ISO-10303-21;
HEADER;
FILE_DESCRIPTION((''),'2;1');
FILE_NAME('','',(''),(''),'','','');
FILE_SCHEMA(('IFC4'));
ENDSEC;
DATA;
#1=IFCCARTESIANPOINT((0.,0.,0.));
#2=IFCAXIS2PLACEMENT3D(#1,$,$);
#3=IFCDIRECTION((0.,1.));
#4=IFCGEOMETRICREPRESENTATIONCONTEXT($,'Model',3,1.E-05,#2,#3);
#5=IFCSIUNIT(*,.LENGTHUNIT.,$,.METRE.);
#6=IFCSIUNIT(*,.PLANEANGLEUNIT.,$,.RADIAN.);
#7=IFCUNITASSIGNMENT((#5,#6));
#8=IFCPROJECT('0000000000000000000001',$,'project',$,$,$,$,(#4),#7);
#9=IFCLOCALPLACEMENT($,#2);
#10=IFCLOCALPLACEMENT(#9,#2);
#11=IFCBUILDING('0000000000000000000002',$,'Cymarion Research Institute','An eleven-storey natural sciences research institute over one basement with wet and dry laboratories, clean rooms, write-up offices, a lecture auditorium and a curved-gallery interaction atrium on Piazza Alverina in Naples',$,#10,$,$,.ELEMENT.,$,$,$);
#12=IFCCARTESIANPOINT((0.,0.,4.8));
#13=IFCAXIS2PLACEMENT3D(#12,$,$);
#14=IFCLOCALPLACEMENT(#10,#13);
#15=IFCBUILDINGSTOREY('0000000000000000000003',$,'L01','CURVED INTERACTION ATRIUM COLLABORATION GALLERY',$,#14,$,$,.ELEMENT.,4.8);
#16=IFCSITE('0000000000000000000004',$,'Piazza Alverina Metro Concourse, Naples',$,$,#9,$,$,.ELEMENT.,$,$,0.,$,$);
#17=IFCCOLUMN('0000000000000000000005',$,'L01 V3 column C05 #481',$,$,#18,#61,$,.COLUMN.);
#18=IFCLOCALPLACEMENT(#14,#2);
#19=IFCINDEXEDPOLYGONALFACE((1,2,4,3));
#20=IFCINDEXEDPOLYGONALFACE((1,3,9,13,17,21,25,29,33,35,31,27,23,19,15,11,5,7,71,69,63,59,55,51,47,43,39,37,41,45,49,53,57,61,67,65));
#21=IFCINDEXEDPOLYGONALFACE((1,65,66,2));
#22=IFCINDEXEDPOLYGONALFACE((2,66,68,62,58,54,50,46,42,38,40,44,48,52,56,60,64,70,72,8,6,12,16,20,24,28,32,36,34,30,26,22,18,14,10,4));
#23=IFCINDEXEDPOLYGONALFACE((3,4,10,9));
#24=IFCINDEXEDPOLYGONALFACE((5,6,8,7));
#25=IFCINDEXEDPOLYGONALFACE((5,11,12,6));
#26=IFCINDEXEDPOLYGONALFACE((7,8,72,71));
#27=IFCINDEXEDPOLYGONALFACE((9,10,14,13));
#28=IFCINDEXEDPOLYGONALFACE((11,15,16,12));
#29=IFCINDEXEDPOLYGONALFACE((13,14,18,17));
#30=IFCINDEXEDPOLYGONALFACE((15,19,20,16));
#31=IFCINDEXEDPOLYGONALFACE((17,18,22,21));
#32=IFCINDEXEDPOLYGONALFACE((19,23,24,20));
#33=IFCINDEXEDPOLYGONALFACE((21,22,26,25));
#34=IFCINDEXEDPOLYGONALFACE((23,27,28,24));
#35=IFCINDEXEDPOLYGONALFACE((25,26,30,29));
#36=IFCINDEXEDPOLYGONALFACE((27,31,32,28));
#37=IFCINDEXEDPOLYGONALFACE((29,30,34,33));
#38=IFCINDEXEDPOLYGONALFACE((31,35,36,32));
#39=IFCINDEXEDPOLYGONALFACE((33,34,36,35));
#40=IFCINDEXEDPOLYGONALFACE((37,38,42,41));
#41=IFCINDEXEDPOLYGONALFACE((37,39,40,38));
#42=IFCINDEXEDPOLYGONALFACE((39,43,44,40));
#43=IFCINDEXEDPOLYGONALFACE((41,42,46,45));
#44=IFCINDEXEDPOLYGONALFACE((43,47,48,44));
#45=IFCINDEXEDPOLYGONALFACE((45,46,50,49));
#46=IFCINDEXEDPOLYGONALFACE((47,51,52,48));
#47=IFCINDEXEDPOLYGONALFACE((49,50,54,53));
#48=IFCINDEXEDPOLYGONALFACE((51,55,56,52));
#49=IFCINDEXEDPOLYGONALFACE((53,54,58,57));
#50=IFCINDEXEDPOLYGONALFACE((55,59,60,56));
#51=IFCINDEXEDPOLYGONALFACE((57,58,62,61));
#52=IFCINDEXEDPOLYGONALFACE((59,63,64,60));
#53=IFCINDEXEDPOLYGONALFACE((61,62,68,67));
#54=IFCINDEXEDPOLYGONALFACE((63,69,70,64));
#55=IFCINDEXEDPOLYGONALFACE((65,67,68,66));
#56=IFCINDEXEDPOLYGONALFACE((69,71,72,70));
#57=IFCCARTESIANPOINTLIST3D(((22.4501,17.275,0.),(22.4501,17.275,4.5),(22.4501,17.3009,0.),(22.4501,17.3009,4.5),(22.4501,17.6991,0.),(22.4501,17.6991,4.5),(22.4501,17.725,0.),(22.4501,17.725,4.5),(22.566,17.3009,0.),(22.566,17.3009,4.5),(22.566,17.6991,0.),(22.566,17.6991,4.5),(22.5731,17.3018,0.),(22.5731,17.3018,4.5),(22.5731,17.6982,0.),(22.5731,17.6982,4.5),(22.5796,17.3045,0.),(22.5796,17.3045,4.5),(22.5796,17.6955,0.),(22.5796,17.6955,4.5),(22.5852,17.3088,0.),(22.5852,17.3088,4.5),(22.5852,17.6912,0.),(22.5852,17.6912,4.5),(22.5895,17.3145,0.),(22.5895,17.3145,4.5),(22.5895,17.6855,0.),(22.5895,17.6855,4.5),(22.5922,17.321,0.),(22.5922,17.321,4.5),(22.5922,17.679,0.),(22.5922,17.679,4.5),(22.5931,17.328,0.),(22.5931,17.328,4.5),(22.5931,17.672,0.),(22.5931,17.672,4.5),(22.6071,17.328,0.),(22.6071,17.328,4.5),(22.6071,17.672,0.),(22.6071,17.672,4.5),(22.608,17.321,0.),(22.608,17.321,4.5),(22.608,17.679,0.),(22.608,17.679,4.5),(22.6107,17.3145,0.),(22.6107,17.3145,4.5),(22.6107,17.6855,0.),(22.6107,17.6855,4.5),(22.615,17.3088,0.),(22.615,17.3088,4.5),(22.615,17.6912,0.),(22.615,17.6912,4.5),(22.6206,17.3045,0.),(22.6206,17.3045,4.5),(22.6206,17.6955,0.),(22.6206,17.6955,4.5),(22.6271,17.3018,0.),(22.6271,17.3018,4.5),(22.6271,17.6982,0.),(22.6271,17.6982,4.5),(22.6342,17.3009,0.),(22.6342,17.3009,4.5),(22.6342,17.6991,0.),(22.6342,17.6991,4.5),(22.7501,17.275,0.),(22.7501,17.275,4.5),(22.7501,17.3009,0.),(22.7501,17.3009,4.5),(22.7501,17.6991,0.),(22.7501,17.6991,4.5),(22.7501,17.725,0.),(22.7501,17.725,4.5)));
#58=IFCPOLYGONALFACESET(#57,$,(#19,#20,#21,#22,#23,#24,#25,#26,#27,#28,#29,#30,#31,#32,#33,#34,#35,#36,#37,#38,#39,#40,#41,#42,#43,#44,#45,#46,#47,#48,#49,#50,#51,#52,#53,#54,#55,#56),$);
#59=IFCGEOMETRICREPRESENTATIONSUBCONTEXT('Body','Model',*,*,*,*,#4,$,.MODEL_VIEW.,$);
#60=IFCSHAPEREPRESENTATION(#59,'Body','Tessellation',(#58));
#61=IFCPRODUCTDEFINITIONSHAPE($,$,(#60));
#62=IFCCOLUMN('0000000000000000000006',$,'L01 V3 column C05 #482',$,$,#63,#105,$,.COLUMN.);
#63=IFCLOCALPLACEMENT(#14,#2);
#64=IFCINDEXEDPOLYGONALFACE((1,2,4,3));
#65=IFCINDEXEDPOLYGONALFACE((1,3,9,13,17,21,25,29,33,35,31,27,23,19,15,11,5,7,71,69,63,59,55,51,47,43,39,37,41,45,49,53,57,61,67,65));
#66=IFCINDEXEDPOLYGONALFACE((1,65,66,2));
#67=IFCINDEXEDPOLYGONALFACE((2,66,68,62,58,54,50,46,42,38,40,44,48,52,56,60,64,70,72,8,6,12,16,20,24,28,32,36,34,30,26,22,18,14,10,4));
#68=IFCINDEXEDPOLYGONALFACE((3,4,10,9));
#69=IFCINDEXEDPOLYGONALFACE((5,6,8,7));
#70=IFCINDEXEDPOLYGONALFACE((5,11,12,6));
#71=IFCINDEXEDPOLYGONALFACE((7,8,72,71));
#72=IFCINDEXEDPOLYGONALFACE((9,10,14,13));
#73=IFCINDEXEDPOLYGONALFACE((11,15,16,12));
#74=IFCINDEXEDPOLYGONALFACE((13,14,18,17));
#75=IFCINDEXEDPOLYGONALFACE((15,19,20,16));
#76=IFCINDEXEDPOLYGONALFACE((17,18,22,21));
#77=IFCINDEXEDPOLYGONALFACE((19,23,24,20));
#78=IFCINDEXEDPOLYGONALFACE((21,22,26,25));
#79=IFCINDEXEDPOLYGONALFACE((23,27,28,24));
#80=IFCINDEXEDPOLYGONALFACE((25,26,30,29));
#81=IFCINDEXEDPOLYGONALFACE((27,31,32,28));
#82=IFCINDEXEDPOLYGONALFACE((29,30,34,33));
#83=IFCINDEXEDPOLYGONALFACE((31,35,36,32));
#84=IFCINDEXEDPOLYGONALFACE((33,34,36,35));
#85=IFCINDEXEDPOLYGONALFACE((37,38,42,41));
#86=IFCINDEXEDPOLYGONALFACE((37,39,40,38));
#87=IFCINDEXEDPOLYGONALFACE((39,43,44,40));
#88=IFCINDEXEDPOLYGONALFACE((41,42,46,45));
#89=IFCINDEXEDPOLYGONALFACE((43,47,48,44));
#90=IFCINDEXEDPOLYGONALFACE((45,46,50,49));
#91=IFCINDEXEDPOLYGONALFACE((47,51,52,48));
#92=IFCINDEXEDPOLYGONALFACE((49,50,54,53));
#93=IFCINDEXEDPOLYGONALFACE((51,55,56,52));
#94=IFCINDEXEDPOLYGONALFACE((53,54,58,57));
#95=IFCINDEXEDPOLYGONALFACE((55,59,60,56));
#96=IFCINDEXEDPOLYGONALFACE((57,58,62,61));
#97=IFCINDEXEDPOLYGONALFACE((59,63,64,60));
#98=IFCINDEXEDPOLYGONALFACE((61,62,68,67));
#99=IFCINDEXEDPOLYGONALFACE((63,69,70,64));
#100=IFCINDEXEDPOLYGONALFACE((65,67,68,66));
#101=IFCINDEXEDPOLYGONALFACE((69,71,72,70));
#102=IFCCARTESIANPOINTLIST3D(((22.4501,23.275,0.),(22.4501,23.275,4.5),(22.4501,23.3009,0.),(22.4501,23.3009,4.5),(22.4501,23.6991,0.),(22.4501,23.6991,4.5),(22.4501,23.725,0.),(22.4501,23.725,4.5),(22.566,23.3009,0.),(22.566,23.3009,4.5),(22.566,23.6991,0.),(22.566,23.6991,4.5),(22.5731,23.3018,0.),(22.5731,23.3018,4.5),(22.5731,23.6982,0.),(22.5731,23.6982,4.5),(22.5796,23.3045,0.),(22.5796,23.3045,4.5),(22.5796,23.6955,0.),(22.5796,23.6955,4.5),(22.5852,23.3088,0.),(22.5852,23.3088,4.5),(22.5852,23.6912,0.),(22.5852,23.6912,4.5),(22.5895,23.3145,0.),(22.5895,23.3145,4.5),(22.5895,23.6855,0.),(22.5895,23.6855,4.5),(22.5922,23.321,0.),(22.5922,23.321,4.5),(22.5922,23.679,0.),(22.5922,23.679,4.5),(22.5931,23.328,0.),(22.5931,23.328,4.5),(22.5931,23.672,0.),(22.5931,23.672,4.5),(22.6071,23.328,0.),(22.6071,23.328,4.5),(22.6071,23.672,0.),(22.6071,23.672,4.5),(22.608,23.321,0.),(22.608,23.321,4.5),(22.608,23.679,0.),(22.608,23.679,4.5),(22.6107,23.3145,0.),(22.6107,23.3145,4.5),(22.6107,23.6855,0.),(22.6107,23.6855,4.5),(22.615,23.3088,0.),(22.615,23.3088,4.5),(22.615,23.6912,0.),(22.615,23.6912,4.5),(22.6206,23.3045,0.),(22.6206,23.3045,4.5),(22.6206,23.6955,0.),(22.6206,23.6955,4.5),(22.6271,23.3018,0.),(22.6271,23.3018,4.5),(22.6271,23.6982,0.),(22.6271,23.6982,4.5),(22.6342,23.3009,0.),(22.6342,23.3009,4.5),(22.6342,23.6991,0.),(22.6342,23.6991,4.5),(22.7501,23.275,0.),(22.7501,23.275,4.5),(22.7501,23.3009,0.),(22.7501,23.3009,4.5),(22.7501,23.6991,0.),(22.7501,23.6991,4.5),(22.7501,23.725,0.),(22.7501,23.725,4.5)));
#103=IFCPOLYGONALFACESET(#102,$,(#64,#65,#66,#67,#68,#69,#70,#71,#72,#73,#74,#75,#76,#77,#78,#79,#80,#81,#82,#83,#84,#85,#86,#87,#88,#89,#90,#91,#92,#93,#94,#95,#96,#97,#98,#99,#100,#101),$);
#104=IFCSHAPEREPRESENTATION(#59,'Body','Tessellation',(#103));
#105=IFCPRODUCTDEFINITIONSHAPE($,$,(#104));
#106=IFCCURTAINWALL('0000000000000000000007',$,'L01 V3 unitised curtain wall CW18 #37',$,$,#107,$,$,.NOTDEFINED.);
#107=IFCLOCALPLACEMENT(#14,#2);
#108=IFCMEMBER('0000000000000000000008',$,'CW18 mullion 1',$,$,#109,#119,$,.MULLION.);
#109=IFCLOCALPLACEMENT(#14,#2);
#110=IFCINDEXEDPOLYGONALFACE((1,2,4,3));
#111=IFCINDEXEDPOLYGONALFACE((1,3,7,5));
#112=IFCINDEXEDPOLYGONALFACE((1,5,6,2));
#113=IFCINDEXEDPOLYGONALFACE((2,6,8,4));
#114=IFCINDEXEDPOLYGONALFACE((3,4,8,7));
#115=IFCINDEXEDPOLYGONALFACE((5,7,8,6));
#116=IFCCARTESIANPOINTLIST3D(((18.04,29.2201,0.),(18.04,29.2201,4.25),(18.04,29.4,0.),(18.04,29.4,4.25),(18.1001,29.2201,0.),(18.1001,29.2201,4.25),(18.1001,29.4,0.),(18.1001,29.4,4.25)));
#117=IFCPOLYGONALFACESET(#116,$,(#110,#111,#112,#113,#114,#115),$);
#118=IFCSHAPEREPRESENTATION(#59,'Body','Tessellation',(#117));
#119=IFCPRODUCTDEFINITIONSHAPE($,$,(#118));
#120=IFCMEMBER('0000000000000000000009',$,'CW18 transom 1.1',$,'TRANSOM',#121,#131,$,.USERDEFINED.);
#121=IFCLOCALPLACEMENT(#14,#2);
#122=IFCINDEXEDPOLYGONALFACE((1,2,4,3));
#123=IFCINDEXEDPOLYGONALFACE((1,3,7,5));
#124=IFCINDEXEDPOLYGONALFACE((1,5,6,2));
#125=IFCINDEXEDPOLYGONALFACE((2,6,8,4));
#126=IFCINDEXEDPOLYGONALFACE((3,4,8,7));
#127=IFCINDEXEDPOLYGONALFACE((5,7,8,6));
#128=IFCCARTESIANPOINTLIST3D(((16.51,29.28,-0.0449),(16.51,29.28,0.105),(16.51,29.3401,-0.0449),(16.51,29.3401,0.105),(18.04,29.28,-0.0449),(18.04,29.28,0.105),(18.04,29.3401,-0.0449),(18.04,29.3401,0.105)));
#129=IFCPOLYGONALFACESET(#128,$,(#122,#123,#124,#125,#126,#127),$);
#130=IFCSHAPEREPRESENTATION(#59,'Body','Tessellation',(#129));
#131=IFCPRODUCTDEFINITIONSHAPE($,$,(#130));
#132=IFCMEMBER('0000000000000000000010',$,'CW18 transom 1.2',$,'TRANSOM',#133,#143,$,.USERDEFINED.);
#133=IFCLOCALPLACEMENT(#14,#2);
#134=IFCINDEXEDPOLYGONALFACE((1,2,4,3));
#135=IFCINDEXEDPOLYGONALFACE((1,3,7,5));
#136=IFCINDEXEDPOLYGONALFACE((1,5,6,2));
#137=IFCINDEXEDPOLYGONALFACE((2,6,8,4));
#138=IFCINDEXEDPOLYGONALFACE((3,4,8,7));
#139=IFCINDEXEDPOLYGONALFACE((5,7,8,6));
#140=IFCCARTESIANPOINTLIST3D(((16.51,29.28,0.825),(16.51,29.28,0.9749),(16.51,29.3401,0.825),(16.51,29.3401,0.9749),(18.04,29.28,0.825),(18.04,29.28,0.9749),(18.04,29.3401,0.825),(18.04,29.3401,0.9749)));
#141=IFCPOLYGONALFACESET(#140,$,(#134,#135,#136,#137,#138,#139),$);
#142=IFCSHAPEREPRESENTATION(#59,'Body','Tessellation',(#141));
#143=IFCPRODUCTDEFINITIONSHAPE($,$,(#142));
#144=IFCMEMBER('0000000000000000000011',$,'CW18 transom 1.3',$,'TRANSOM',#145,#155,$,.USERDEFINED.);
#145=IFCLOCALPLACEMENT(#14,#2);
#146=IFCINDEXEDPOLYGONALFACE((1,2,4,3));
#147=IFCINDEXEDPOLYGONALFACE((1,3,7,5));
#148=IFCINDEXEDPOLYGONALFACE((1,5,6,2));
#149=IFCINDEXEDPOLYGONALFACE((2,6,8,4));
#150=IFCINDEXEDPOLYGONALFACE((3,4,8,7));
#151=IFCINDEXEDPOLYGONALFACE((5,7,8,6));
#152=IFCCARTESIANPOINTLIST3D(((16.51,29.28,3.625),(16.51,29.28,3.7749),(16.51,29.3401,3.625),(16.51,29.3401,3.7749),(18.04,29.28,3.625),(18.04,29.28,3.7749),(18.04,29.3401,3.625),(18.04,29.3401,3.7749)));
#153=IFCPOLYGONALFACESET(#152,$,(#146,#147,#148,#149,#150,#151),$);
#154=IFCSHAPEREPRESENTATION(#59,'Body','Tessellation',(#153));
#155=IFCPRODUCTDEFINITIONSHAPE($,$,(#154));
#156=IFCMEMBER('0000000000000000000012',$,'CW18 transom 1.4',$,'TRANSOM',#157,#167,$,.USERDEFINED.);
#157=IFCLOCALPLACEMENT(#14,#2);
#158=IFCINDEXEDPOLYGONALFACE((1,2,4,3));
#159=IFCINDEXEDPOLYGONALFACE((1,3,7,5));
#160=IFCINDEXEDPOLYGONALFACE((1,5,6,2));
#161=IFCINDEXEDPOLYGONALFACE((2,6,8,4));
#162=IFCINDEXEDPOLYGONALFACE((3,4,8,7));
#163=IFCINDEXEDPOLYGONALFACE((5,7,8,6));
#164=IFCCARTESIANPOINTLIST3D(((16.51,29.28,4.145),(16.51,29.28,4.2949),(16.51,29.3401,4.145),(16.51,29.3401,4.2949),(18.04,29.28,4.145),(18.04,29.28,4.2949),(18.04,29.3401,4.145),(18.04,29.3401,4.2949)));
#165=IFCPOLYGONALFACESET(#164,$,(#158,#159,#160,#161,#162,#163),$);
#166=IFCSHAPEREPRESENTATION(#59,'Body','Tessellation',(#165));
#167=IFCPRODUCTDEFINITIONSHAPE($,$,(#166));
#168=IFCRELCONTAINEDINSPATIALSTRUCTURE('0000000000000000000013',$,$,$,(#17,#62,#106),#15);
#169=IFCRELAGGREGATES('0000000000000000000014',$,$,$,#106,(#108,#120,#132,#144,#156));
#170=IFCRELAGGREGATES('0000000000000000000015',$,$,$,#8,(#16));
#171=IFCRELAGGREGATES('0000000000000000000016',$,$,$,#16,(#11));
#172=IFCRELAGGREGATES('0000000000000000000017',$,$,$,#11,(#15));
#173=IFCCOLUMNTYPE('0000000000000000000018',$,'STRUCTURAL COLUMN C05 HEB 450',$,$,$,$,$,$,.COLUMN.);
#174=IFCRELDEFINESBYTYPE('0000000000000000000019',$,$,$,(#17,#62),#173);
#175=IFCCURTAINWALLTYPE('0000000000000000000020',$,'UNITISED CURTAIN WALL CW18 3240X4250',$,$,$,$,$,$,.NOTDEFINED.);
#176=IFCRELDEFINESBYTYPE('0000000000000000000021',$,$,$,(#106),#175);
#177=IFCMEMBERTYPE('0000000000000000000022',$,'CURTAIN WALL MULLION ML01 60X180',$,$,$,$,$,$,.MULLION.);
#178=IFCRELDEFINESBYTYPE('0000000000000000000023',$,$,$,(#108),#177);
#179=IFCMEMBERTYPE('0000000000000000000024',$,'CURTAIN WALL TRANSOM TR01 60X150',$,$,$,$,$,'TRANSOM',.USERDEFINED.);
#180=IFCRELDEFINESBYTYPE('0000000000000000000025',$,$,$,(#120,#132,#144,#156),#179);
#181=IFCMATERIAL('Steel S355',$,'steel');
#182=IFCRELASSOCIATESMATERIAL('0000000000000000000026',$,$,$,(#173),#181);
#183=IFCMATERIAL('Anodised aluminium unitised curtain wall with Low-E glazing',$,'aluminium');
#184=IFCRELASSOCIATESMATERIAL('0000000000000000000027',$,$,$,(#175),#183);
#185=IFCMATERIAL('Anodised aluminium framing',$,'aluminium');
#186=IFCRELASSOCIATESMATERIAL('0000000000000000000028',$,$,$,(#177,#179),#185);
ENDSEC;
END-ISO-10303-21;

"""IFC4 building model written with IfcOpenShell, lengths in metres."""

from ifc_helpers import new_model, si_unit, direction, frame, origin, origin_2d, place, context, subcontext, project, spatial, rectangle, i_section, extrude, material, material_profile, profile_set, type_object, element, aggregate, save


model = new_model("IFC4")

# Units and contexts
model_context = context("Model", 3, precision=1e-05, world=origin(), true_north=direction((0.0, 1.0)))
body_context = subcontext(model_context, "Body", "Model", "MODEL_VIEW")
ifc_project = project(units=[si_unit("LENGTHUNIT", "METRE"), si_unit("PLANEANGLEUNIT", "RADIAN")], contexts=[model_context])

# Site, building, storey
site_placement = place(None, origin())
site = spatial("IfcSite", under=ifc_project, at=site_placement, Name="Piazza Alverina Metro Concourse, Naples", CompositionType="ELEMENT", RefElevation=0.0)
building_placement = place(site_placement, origin())
building = spatial("IfcBuilding", under=site, at=building_placement, Name="Cymarion Research Institute", Description="An eleven-storey natural sciences research institute over one basement with wet and dry laboratories, clean rooms, write-up offices, a lecture auditorium and a curved-gallery interaction atrium on Piazza Alverina in Naples", CompositionType="ELEMENT")
storey_placement = place(building_placement, frame((0.0, 0.0, 4.8)))
storey = spatial("IfcBuildingStorey", under=building, at=storey_placement, Name="L01", Description="CURVED INTERACTION ATRIUM COLLABORATION GALLERY", CompositionType="ELEMENT", Elevation=4.8)

# Columns
ifc_material_1 = material(Name="Steel S355", Category="steel")
ifc_material_profile_1 = material_profile(ifc_material_1, i_section(OverallWidth=0.3, OverallDepth=0.45, WebThickness=0.0139, FlangeThickness=0.0259, FilletRadius=0.0271, at=origin_2d()), Name="HEB 450")
ifc_profile_set_1 = profile_set([ifc_material_profile_1], Name="Steel S355")
column_type = type_object("IfcColumnType", Name="STRUCTURAL COLUMN C05 HEB 450", PredefinedType="COLUMN", material=ifc_profile_set_1)
for number, where, z_axis, x_axis, name in (
    (1, (22.6001, 17.5, 0.0), (0.0, 0.0, 1.0), (1.0, 0.0, 0.0), "L01 V3 column C05 #481"),
    (2, (22.6001, 23.5, 0.0), (0.0, 0.0, 1.0), (1.0, 0.0, 0.0), "L01 V3 column C05 #482"),
):
    element("IfcColumn", number, at=place(storey_placement, frame(where, z_axis=z_axis, x_axis=x_axis)), inside=storey, type_object=column_type, Name=name, PredefinedType="COLUMN", context=body_context, shape_type="SweptSolid", body=[
        extrude(i_section(OverallWidth=0.3, OverallDepth=0.45, WebThickness=0.0139, FlangeThickness=0.0259, FilletRadius=0.0271, at=origin_2d()), origin(), (0.0, 0.0, 1.0), 4.5),
    ])

# Curtain wall, members
ifc_material_2 = material(Name="Anodised aluminium unitised curtain wall with Low-E glazing", Category="aluminium")
curtain_wall_type = type_object("IfcCurtainWallType", Name="UNITISED CURTAIN WALL CW18 3240X4250", PredefinedType="NOTDEFINED", material=ifc_material_2)
curtain_wall_placement = place(storey_placement, origin())
curtain_wall = element("IfcCurtainWall", 3, at=curtain_wall_placement, inside=storey, type_object=curtain_wall_type, Name="L01 V3 unitised curtain wall CW18 #37", PredefinedType="NOTDEFINED")
ifc_material_3 = material(Name="Anodised aluminium framing", Category="aluminium")
ifc_material_profile_2 = material_profile(ifc_material_3, rectangle(XDim=0.0601, YDim=0.1799, at=origin_2d()), Name="ALU MULLION 60x180")
ifc_profile_set_2 = profile_set([ifc_material_profile_2], Name="Anodised aluminium framing")
member_type_1 = type_object("IfcMemberType", Name="CURTAIN WALL MULLION ML01 60X180", PredefinedType="MULLION", material=ifc_profile_set_2)
member_1_placement = place(storey_placement, frame((18.0701, 29.3101, 0.0), z_axis=(0.0, 0.0, 1.0), x_axis=(-1.0, 0.0, 0.0)))
member_1 = element("IfcMember", 4, at=member_1_placement, type_object=member_type_1, Name="CW18 mullion 1", PredefinedType="MULLION", context=body_context, shape_type="SweptSolid", body=[
    extrude(rectangle(XDim=0.0601, YDim=0.1799, at=origin_2d()), origin(), (0.0, 0.0, 1.0), 4.25),
])
ifc_material_profile_3 = material_profile(ifc_material_3, rectangle(XDim=0.0601, YDim=0.1499, at=origin_2d()), Name="ALU TRANSOM 60x150")
ifc_profile_set_3 = profile_set([ifc_material_profile_3], Name="Anodised aluminium framing")
member_type_2 = type_object("IfcMemberType", Name="CURTAIN WALL TRANSOM TR01 60X150", ElementType="TRANSOM", PredefinedType="USERDEFINED", material=ifc_profile_set_3)
member_2_placement = place(storey_placement, frame((18.04, 29.3101, 0.03), z_axis=(-1.0, 0.0, 0.0), x_axis=(0.0, -1.0, 0.0)))
member_2 = element("IfcMember", 5, at=member_2_placement, type_object=member_type_2, Name="CW18 transom 1.1", ObjectType="TRANSOM", PredefinedType="USERDEFINED", context=body_context, shape_type="SweptSolid", body=[
    extrude(rectangle(XDim=0.0601, YDim=0.1499, at=origin_2d()), origin(), (0.0, 0.0, 1.0), 1.53),
])
member_3_placement = place(storey_placement, frame((18.04, 29.3101, 0.8999), z_axis=(-1.0, 0.0, 0.0), x_axis=(0.0, -1.0, 0.0)))
member_3 = element("IfcMember", 6, at=member_3_placement, type_object=member_type_2, Name="CW18 transom 1.2", ObjectType="TRANSOM", PredefinedType="USERDEFINED", context=body_context, shape_type="SweptSolid", body=[
    extrude(rectangle(XDim=0.0601, YDim=0.1499, at=origin_2d()), origin(), (0.0, 0.0, 1.0), 1.53),
])
member_4_placement = place(storey_placement, frame((18.04, 29.3101, 3.7), z_axis=(-1.0, 0.0, 0.0), x_axis=(0.0, -1.0, 0.0)))
member_4 = element("IfcMember", 7, at=member_4_placement, type_object=member_type_2, Name="CW18 transom 1.3", ObjectType="TRANSOM", PredefinedType="USERDEFINED", context=body_context, shape_type="SweptSolid", body=[
    extrude(rectangle(XDim=0.0601, YDim=0.1499, at=origin_2d()), origin(), (0.0, 0.0, 1.0), 1.53),
])
member_5_placement = place(storey_placement, frame((18.04, 29.3101, 4.22), z_axis=(-1.0, 0.0, 0.0), x_axis=(0.0, -1.0, 0.0)))
member_5 = element("IfcMember", 8, at=member_5_placement, type_object=member_type_2, Name="CW18 transom 1.4", ObjectType="TRANSOM", PredefinedType="USERDEFINED", context=body_context, shape_type="SweptSolid", body=[
    extrude(rectangle(XDim=0.0601, YDim=0.1499, at=origin_2d()), origin(), (0.0, 0.0, 1.0), 1.53),
])

aggregate(curtain_wall, [member_1, member_2, member_3, member_4, member_5])

save(model, "model.ifc")
